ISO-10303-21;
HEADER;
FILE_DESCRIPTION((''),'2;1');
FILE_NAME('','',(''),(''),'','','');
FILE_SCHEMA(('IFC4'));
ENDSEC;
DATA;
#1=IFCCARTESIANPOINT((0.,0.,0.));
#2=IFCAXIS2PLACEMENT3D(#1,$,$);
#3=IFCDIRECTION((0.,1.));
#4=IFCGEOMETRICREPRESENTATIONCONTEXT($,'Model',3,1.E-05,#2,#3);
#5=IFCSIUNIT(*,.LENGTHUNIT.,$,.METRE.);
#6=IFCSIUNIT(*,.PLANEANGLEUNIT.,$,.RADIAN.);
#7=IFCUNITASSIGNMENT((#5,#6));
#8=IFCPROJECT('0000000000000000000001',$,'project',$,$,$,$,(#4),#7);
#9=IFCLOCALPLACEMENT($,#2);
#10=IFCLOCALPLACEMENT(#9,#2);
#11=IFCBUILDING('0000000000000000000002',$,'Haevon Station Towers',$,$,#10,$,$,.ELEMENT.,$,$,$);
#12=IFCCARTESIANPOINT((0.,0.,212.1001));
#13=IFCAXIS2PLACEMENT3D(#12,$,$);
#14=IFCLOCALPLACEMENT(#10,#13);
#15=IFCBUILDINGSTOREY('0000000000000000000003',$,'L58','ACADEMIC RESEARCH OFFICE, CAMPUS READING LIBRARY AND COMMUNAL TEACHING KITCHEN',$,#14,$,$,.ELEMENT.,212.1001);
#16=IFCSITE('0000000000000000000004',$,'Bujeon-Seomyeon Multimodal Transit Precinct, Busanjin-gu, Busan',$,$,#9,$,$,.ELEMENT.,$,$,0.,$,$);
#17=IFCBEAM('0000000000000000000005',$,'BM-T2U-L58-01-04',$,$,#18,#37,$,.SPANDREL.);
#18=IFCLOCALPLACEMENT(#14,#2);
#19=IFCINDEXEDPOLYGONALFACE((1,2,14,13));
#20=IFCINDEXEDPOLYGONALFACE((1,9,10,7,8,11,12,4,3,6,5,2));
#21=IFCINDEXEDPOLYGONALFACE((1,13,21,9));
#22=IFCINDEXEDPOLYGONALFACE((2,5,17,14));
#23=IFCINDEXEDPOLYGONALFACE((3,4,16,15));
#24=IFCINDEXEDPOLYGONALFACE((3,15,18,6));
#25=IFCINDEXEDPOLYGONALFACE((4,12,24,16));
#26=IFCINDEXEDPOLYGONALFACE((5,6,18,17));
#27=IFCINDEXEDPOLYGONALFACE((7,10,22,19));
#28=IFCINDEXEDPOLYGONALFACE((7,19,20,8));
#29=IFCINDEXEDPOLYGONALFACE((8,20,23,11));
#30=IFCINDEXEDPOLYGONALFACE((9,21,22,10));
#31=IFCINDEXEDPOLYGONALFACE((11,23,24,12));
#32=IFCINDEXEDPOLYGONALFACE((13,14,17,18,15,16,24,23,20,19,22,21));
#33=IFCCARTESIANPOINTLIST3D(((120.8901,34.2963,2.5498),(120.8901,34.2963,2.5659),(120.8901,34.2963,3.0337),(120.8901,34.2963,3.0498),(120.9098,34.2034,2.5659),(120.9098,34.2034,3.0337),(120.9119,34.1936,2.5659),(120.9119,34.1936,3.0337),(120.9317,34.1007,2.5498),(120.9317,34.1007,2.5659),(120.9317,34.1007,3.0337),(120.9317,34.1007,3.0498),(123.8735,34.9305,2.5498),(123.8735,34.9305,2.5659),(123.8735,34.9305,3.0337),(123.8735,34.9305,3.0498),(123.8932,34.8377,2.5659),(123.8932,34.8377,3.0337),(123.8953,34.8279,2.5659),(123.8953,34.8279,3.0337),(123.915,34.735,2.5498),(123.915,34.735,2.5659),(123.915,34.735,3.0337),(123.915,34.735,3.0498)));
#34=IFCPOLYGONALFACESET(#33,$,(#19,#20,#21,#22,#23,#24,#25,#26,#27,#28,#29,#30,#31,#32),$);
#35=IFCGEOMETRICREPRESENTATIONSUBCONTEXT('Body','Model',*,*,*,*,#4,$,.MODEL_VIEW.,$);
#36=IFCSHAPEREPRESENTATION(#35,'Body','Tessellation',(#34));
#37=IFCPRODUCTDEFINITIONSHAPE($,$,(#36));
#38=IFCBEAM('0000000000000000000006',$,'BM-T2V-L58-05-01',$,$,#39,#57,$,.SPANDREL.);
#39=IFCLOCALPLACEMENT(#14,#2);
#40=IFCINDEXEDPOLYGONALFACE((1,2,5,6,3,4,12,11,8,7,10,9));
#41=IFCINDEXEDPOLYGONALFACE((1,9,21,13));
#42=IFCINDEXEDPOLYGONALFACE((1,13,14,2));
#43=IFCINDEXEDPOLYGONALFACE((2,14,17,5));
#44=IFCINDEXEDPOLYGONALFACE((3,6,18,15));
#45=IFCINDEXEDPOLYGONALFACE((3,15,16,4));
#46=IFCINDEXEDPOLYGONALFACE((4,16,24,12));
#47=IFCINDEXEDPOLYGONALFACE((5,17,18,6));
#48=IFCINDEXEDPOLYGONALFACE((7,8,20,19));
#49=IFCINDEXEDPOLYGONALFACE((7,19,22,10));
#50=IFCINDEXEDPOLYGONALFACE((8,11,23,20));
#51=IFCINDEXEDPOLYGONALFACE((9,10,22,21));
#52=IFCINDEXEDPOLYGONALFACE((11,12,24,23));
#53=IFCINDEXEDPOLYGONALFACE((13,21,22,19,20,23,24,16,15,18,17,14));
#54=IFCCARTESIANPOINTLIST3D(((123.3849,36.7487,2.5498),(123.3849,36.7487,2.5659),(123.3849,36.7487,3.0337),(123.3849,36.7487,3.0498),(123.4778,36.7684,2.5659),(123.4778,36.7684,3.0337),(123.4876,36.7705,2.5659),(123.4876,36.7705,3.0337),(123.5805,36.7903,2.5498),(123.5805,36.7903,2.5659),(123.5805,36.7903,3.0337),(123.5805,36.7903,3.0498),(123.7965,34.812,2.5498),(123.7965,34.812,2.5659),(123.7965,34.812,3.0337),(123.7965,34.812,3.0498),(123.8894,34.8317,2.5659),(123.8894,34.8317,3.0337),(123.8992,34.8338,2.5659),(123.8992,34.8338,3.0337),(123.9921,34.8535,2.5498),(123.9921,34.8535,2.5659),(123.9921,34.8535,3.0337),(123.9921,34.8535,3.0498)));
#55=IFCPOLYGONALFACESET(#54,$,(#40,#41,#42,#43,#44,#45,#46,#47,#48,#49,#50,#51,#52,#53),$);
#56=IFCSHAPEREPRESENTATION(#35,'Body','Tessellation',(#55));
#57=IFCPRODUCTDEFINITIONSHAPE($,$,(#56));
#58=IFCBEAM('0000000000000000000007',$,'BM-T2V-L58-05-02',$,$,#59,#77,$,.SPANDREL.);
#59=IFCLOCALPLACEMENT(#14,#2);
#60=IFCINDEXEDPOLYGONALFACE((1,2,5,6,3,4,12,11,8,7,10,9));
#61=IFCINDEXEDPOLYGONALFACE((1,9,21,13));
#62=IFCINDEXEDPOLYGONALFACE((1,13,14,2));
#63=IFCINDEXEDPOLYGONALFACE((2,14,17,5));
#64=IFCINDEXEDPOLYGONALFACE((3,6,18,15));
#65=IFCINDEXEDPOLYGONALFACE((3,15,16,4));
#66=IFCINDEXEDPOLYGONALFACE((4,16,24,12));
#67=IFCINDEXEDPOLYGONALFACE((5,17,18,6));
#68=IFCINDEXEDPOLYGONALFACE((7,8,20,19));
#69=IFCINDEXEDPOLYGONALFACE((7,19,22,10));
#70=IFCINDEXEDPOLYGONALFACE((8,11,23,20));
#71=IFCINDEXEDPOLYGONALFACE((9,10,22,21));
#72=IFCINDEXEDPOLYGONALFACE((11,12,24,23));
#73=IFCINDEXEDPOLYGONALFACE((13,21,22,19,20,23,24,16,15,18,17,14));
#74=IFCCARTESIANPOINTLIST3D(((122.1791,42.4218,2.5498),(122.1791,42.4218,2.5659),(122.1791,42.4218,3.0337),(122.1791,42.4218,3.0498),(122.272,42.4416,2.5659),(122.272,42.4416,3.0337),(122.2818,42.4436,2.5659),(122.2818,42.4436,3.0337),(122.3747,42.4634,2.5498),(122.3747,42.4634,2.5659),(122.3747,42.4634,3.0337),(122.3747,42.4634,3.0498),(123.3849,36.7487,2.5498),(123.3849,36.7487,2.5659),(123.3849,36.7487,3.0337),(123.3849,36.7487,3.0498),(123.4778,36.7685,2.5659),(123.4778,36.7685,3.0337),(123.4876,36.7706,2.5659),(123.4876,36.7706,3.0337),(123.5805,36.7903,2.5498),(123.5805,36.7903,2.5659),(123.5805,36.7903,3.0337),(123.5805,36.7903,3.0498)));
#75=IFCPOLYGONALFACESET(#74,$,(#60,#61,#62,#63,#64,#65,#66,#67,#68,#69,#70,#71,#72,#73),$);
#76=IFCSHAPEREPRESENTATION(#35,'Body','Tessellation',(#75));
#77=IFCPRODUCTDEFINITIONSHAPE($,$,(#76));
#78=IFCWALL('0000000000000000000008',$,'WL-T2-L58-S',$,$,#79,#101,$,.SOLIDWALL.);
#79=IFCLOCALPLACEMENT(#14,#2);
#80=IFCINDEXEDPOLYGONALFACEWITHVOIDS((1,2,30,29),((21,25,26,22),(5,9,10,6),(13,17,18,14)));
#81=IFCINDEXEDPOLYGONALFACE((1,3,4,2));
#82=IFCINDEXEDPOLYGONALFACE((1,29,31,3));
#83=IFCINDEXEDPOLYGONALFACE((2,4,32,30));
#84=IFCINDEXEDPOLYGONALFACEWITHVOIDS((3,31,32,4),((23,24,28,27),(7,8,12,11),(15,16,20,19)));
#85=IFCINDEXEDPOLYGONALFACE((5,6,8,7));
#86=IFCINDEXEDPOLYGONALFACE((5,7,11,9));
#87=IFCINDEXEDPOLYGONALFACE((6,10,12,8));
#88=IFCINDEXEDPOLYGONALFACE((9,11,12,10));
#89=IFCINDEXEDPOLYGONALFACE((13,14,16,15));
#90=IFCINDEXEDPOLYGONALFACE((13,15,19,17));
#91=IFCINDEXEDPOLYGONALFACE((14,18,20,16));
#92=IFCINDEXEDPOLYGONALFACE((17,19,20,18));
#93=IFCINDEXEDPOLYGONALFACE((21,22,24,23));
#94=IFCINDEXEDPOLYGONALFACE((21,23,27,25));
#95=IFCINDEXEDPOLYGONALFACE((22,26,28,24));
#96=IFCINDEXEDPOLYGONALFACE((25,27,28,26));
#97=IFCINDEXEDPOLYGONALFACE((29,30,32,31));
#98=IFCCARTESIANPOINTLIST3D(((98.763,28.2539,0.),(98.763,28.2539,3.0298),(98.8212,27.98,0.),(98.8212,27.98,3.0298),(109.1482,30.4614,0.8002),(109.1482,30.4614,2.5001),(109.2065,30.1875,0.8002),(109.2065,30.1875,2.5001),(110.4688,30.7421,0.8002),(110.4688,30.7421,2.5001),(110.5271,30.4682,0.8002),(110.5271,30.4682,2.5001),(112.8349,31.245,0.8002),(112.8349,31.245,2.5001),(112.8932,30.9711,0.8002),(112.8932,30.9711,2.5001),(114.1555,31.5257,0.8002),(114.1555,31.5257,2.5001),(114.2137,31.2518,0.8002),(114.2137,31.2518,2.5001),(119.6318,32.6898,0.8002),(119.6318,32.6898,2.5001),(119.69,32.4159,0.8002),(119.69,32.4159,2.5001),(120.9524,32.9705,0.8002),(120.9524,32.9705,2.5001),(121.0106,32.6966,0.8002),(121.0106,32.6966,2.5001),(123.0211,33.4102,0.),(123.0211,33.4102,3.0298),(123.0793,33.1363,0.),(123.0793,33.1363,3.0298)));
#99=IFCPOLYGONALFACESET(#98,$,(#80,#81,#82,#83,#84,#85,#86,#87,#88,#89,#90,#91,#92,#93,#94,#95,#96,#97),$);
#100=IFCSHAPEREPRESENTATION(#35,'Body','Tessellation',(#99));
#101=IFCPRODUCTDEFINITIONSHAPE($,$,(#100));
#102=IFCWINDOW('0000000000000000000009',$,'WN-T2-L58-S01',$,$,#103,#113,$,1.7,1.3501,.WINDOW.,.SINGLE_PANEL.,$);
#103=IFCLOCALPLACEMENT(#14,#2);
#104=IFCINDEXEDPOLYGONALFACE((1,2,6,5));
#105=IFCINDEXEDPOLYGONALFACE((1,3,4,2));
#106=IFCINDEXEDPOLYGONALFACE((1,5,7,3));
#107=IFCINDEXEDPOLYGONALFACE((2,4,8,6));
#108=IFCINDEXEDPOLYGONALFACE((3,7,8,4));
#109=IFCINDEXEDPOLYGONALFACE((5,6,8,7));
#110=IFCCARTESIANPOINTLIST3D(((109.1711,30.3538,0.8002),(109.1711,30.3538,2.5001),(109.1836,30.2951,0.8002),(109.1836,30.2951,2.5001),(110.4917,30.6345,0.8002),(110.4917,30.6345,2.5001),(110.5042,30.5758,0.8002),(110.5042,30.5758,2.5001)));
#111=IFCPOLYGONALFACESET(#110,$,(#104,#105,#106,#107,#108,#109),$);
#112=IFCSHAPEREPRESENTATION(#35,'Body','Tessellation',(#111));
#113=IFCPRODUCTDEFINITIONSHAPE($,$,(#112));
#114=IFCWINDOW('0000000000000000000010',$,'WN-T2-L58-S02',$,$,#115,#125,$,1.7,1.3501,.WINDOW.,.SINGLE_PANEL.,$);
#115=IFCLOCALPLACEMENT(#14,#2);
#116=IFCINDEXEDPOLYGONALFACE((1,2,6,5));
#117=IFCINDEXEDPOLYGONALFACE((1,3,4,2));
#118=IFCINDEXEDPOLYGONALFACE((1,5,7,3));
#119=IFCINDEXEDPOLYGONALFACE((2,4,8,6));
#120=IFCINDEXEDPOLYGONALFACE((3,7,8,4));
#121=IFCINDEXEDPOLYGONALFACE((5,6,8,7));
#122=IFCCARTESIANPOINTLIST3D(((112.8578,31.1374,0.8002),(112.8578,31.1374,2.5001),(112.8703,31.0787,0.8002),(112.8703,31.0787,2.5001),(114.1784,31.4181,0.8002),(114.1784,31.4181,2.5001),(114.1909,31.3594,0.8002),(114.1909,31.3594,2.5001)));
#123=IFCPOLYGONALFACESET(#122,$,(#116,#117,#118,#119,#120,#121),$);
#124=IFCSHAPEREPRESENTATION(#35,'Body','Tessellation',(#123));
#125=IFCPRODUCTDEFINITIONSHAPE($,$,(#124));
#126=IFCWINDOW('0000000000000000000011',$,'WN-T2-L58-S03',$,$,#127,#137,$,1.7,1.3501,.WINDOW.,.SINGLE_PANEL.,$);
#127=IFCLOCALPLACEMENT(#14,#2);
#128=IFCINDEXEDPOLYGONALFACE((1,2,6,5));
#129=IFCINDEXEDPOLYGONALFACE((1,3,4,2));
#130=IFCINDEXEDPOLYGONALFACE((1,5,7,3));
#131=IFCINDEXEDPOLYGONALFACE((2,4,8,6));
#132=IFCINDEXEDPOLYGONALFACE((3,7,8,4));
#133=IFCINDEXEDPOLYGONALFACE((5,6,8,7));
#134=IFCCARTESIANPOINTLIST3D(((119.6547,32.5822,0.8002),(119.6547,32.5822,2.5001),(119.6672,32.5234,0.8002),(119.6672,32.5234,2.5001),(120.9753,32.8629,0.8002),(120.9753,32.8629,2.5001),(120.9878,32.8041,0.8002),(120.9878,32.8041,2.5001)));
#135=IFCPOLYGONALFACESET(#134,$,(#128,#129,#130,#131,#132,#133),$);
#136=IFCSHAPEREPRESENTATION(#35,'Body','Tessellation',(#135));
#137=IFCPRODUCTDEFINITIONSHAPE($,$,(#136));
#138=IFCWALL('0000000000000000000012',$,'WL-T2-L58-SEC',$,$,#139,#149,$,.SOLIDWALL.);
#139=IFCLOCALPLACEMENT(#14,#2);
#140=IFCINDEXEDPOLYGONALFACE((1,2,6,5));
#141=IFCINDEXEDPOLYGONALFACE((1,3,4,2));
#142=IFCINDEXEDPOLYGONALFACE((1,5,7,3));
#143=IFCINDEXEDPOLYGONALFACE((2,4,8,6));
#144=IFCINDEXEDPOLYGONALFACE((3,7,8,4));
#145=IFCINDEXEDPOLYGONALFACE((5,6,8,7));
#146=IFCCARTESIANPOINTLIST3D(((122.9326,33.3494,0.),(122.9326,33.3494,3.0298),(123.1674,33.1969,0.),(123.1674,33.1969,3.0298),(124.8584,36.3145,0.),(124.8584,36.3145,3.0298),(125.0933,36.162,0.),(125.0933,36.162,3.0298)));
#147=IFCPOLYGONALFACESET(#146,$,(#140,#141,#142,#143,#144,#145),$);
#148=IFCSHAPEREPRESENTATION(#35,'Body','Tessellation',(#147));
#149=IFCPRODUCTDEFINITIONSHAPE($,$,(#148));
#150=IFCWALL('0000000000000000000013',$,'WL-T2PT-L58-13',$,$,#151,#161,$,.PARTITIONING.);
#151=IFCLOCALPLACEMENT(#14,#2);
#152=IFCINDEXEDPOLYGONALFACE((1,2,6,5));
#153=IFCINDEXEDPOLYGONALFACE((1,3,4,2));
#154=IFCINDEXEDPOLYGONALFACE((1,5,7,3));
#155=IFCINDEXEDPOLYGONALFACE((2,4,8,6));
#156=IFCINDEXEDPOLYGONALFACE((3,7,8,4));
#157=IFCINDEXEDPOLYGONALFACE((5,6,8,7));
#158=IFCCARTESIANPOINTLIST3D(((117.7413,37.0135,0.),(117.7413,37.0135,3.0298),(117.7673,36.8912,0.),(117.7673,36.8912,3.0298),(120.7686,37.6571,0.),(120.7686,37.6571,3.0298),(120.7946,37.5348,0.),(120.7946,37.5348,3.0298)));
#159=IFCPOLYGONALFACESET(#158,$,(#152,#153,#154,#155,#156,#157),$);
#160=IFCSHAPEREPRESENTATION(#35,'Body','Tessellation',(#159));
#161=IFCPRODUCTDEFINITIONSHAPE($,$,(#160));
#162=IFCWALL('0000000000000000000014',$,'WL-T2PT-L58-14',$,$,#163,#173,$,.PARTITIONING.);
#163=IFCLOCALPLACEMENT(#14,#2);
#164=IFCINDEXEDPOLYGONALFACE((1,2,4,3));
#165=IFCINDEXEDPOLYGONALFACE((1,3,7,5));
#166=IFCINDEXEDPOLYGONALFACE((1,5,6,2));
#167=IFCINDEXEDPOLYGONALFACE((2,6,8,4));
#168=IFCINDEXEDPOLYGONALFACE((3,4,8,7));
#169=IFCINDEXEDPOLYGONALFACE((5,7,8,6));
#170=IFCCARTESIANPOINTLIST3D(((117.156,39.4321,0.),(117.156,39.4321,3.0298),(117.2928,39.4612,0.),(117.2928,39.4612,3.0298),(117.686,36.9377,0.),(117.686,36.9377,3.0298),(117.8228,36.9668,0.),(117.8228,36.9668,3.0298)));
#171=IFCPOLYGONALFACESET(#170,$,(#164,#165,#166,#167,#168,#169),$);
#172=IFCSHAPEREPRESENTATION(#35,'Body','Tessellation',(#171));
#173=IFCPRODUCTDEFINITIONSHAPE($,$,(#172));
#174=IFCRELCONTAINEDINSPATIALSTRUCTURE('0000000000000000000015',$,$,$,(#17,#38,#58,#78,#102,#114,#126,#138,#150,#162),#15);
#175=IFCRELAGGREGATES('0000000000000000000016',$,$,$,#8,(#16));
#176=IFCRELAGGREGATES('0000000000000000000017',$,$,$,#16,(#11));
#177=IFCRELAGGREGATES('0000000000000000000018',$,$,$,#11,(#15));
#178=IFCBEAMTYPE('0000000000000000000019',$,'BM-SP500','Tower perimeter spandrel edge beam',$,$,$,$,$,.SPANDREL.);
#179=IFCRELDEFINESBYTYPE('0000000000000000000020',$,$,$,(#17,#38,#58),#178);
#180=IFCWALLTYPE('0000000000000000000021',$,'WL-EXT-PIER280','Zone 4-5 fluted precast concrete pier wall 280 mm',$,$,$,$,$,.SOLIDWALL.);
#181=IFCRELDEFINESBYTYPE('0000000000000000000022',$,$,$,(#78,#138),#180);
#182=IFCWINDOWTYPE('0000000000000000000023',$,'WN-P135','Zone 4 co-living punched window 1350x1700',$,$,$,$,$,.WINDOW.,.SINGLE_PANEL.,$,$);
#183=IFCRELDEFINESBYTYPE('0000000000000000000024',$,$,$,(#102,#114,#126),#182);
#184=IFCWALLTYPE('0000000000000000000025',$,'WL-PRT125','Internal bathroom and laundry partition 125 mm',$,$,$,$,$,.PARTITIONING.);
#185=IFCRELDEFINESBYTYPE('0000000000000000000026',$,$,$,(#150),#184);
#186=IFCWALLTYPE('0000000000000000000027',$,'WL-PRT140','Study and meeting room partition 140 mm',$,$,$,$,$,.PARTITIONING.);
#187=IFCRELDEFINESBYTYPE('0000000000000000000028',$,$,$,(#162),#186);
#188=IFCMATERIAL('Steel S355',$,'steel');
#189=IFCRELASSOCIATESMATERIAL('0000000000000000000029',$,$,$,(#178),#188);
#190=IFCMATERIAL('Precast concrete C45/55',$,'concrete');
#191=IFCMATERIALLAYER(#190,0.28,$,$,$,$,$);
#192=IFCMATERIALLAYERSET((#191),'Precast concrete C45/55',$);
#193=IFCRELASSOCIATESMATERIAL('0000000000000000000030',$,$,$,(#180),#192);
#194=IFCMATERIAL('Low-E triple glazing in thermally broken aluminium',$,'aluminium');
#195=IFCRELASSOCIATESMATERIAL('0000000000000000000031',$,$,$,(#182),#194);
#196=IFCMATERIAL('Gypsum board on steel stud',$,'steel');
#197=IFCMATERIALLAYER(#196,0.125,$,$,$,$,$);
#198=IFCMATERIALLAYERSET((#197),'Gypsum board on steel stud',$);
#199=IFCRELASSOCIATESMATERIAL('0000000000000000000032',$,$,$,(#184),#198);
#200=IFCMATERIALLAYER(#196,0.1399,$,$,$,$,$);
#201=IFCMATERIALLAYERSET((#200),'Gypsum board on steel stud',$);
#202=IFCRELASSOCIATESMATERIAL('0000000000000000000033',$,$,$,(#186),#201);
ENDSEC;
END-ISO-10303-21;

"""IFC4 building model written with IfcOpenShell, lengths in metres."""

from ifc_helpers import new_model, si_unit, direction, frame, frame_2d, origin, origin_2d, place, context, subcontext, project, spatial, rectangle, i_section, extrude, material, layer, layer_set, material_profile, profile_set, type_object, element, fill, save


model = new_model("IFC4")

# Units and contexts
model_context = context("Model", 3, precision=1e-05, world=origin(), true_north=direction((0.0, 1.0)))
body_context = subcontext(model_context, "Body", "Model", "MODEL_VIEW")
ifc_project = project(units=[si_unit("LENGTHUNIT", "METRE"), si_unit("PLANEANGLEUNIT", "RADIAN")], contexts=[model_context])

# Site, building, storey
site_placement = place(None, origin())
site = spatial("IfcSite", under=ifc_project, at=site_placement, Name="Bujeon-Seomyeon Multimodal Transit Precinct, Busanjin-gu, Busan", CompositionType="ELEMENT", RefElevation=0.0)
building_placement = place(site_placement, origin())
building = spatial("IfcBuilding", under=site, at=building_placement, Name="Haevon Station Towers", CompositionType="ELEMENT")
storey_placement = place(building_placement, frame((0.0, 0.0, 212.1001)))
storey = spatial("IfcBuildingStorey", under=building, at=storey_placement, Name="L58", Description="ACADEMIC RESEARCH OFFICE, CAMPUS READING LIBRARY AND COMMUNAL TEACHING KITCHEN", CompositionType="ELEMENT", Elevation=212.1001)

# Shared definitions
ifc_material_1 = material(Name="Steel S355", Category="steel")

# Beams
ifc_material_profile_1 = material_profile(ifc_material_1, i_section(OverallWidth=0.2, OverallDepth=0.5, WebThickness=0.01, FlangeThickness=0.0161, at=origin_2d()), Name="H-500x200x10x16")
ifc_profile_set_1 = profile_set([ifc_material_profile_1], Name="Steel S355")
beam_type_1 = type_object("IfcBeamType", Name="BM-SP500", Description="Tower perimeter spandrel edge beam", PredefinedType="SPANDREL", material=ifc_profile_set_1)
beam_1_placement = place(storey_placement, frame((120.9109, 34.1985, 2.7998), z_axis=(0.978139, 0.207954, 0.0), x_axis=(-0.207954, 0.978139, 0.0)))
element("IfcBeam", 1, at=beam_1_placement, inside=storey, type_object=beam_type_1, Name="BM-T2U-L58-01-04", PredefinedType="SPANDREL", context=body_context, shape_type="SweptSolid", body=[
    extrude(i_section(OverallWidth=0.2, OverallDepth=0.5, WebThickness=0.01, FlangeThickness=0.0161, at=origin_2d()), origin(), (0.0, 0.0, 1.0), 3.05),
])
beam_2_placement = place(storey_placement, frame((123.8943, 34.8328, 2.7998), z_axis=(-0.207887, 0.978153, 0.0), x_axis=(-0.978153, -0.207887, 0.0)))
element("IfcBeam", 2, at=beam_2_placement, inside=storey, type_object=beam_type_1, Name="BM-T2V-L58-05-01", PredefinedType="SPANDREL", context=body_context, shape_type="SweptSolid", body=[
    extrude(i_section(OverallWidth=0.2, OverallDepth=0.5, WebThickness=0.01, FlangeThickness=0.0161, at=origin_2d()), origin(), (0.0, 0.0, 1.0), 1.98),
])
beam_3_placement = place(storey_placement, frame((123.4827, 36.7695, 2.7998), z_axis=(-0.207905, 0.978149, 0.0), x_axis=(-0.978149, -0.207905, 0.0)))
element("IfcBeam", 3, at=beam_3_placement, inside=storey, type_object=beam_type_1, Name="BM-T2V-L58-05-02", PredefinedType="SPANDREL", context=body_context, shape_type="SweptSolid", body=[
    extrude(i_section(OverallWidth=0.2, OverallDepth=0.5, WebThickness=0.01, FlangeThickness=0.0161, at=origin_2d()), origin(), (0.0, 0.0, 1.0), 5.7998),
])

# Wall, openings, windows
ifc_material_2 = material(Name="Precast concrete C45/55", Category="concrete")
ifc_layer_1 = layer(ifc_material_2, 0.28)
ifc_layer_set_1 = layer_set([ifc_layer_1], Name="Precast concrete C45/55")
wall_type_1 = type_object("IfcWallType", Name="WL-EXT-PIER280", Description="Zone 4-5 fluted precast concrete pier wall 280 mm", PredefinedType="SOLIDWALL", material=ifc_layer_set_1)
wall_1_placement = place(storey_placement, frame((123.05, 33.2732, 0.0), z_axis=(0.0, 0.0, 1.0), x_axis=(-0.978147, -0.207913, 0.0)))
wall_1 = element("IfcWall", 4, at=wall_1_placement, inside=storey, type_object=wall_type_1, Name="WL-T2-L58-S", PredefinedType="SOLIDWALL", context=body_context, shape_type="SweptSolid", body=[
    extrude(rectangle(XDim=24.8, YDim=0.28, at=frame_2d((12.3999, 0.0))), origin(), (0.0, 0.0, 1.0), 3.0298),
])
opening_1_placement = place(wall_1_placement, frame((12.8325, 0.0, 0.8)))
opening_1 = element("IfcOpeningElement", 5, at=opening_1_placement, cuts=wall_1, PredefinedType="OPENING", context=body_context, shape_type="SweptSolid", body=[
    extrude(rectangle(XDim=1.3501, YDim=1.7, at=frame_2d((0.675, 0.8501))), frame((0.0, 0.1499, 0.0), z_axis=(0.0, -1.0, 0.0), x_axis=(1.0, 0.0, 0.0)), (0.0, 0.0, 1.0), 0.3),
])
opening_2_placement = place(wall_1_placement, frame((9.0635, 0.0, 0.8)))
opening_2 = element("IfcOpeningElement", 6, at=opening_2_placement, cuts=wall_1, PredefinedType="OPENING", context=body_context, shape_type="SweptSolid", body=[
    extrude(rectangle(XDim=1.3501, YDim=1.7, at=frame_2d((0.675, 0.8501))), frame((0.0, 0.1499, 0.0), z_axis=(0.0, -1.0, 0.0), x_axis=(1.0, 0.0, 0.0)), (0.0, 0.0, 1.0), 0.3),
])
opening_3_placement = place(wall_1_placement, frame((2.1147, 0.0, 0.8)))
opening_3 = element("IfcOpeningElement", 7, at=opening_3_placement, cuts=wall_1, PredefinedType="OPENING", context=body_context, shape_type="SweptSolid", body=[
    extrude(rectangle(XDim=1.3501, YDim=1.7, at=frame_2d((0.675, 0.8501))), frame((0.0, 0.1499, 0.0), z_axis=(0.0, -1.0, 0.0), x_axis=(1.0, 0.0, 0.0)), (0.0, 0.0, 1.0), 0.3),
])
ifc_material_3 = material(Name="Low-E triple glazing in thermally broken aluminium", Category="aluminium")
window_type = type_object("IfcWindowType", Name="WN-P135", Description="Zone 4 co-living punched window 1350x1700", PartitioningType="SINGLE_PANEL", PredefinedType="WINDOW", material=ifc_material_3)
window_1_placement = place(opening_1_placement, origin())
window_1 = element("IfcWindow", 8, at=window_1_placement, inside=storey, type_object=window_type, Name="WN-T2-L58-S01", OverallHeight=1.7, OverallWidth=1.3501, PartitioningType="SINGLE_PANEL", PredefinedType="WINDOW", context=body_context, shape_type="SweptSolid", body=[
    extrude(rectangle(XDim=1.3501, YDim=1.7, at=frame_2d((0.675, 0.8501))), frame((0.0, 0.03, 0.0), z_axis=(0.0, -1.0, 0.0), x_axis=(1.0, 0.0, 0.0)), (0.0, 0.0, 1.0), 0.0601),
])
fill(opening_1, window_1)
window_2_placement = place(opening_2_placement, origin())
window_2 = element("IfcWindow", 9, at=window_2_placement, inside=storey, type_object=window_type, Name="WN-T2-L58-S02", OverallHeight=1.7, OverallWidth=1.3501, PartitioningType="SINGLE_PANEL", PredefinedType="WINDOW", context=body_context, shape_type="SweptSolid", body=[
    extrude(rectangle(XDim=1.3501, YDim=1.7, at=frame_2d((0.675, 0.8501))), frame((0.0, 0.03, 0.0), z_axis=(0.0, -1.0, 0.0), x_axis=(1.0, 0.0, 0.0)), (0.0, 0.0, 1.0), 0.0601),
])
fill(opening_2, window_2)
window_3_placement = place(opening_3_placement, origin())
window_3 = element("IfcWindow", 10, at=window_3_placement, inside=storey, type_object=window_type, Name="WN-T2-L58-S03", OverallHeight=1.7, OverallWidth=1.3501, PartitioningType="SINGLE_PANEL", PredefinedType="WINDOW", context=body_context, shape_type="SweptSolid", body=[
    extrude(rectangle(XDim=1.3501, YDim=1.7, at=frame_2d((0.675, 0.8501))), frame((0.0, 0.03, 0.0), z_axis=(0.0, -1.0, 0.0), x_axis=(1.0, 0.0, 0.0)), (0.0, 0.0, 1.0), 0.0601),
])
fill(opening_3, window_3)

# Walls
wall_2_placement = place(storey_placement, frame((124.9758, 36.2383, 0.0), z_axis=(0.0, 0.0, 1.0), x_axis=(-0.544685, -0.838641, 0.0)))
element("IfcWall", 11, at=wall_2_placement, inside=storey, type_object=wall_type_1, Name="WL-T2-L58-SEC", PredefinedType="SOLIDWALL", context=body_context, shape_type="SweptSolid", body=[
    extrude(rectangle(XDim=3.5356, YDim=0.28, at=frame_2d((1.7678, 0.0))), origin(), (0.0, 0.0, 1.0), 3.0298),
])
ifc_material_4 = material(Name="Gypsum board on steel stud", Category="steel")
ifc_layer_2 = layer(ifc_material_4, 0.125)
ifc_layer_set_2 = layer_set([ifc_layer_2], Name="Gypsum board on steel stud")
wall_type_2 = type_object("IfcWallType", Name="WL-PRT125", Description="Internal bathroom and laundry partition 125 mm", PredefinedType="PARTITIONING", material=ifc_layer_set_2)
wall_3_placement = place(storey_placement, frame((117.7544, 36.9524, 0.0), z_axis=(0.0, 0.0, 1.0), x_axis=(0.978143, 0.207934, 0.0)))
element("IfcWall", 12, at=wall_3_placement, inside=storey, type_object=wall_type_2, Name="WL-T2PT-L58-13", PredefinedType="PARTITIONING", context=body_context, shape_type="SweptSolid", body=[
    extrude(rectangle(XDim=3.095, YDim=0.125, at=frame_2d((1.5474, 0.0))), origin(), (0.0, 0.0, 1.0), 3.0298),
])
ifc_layer_3 = layer(ifc_material_4, 0.1399)
ifc_layer_set_3 = layer_set([ifc_layer_3], Name="Gypsum board on steel stud")
wall_type_3 = type_object("IfcWallType", Name="WL-PRT140", Description="Study and meeting room partition 140 mm", PredefinedType="PARTITIONING", material=ifc_layer_set_3)
wall_4_placement = place(storey_placement, frame((117.7544, 36.9524, 0.0), z_axis=(0.0, 0.0, 1.0), x_axis=(-0.207848, 0.978161, 0.0)))
element("IfcWall", 13, at=wall_4_placement, inside=storey, type_object=wall_type_3, Name="WL-T2PT-L58-14", PredefinedType="PARTITIONING", context=body_context, shape_type="SweptSolid", body=[
    extrude(rectangle(XDim=2.55, YDim=0.1399, at=frame_2d((1.2749, 0.0))), origin(), (0.0, 0.0, 1.0), 3.0298),
])

save(model, "model.ifc")
